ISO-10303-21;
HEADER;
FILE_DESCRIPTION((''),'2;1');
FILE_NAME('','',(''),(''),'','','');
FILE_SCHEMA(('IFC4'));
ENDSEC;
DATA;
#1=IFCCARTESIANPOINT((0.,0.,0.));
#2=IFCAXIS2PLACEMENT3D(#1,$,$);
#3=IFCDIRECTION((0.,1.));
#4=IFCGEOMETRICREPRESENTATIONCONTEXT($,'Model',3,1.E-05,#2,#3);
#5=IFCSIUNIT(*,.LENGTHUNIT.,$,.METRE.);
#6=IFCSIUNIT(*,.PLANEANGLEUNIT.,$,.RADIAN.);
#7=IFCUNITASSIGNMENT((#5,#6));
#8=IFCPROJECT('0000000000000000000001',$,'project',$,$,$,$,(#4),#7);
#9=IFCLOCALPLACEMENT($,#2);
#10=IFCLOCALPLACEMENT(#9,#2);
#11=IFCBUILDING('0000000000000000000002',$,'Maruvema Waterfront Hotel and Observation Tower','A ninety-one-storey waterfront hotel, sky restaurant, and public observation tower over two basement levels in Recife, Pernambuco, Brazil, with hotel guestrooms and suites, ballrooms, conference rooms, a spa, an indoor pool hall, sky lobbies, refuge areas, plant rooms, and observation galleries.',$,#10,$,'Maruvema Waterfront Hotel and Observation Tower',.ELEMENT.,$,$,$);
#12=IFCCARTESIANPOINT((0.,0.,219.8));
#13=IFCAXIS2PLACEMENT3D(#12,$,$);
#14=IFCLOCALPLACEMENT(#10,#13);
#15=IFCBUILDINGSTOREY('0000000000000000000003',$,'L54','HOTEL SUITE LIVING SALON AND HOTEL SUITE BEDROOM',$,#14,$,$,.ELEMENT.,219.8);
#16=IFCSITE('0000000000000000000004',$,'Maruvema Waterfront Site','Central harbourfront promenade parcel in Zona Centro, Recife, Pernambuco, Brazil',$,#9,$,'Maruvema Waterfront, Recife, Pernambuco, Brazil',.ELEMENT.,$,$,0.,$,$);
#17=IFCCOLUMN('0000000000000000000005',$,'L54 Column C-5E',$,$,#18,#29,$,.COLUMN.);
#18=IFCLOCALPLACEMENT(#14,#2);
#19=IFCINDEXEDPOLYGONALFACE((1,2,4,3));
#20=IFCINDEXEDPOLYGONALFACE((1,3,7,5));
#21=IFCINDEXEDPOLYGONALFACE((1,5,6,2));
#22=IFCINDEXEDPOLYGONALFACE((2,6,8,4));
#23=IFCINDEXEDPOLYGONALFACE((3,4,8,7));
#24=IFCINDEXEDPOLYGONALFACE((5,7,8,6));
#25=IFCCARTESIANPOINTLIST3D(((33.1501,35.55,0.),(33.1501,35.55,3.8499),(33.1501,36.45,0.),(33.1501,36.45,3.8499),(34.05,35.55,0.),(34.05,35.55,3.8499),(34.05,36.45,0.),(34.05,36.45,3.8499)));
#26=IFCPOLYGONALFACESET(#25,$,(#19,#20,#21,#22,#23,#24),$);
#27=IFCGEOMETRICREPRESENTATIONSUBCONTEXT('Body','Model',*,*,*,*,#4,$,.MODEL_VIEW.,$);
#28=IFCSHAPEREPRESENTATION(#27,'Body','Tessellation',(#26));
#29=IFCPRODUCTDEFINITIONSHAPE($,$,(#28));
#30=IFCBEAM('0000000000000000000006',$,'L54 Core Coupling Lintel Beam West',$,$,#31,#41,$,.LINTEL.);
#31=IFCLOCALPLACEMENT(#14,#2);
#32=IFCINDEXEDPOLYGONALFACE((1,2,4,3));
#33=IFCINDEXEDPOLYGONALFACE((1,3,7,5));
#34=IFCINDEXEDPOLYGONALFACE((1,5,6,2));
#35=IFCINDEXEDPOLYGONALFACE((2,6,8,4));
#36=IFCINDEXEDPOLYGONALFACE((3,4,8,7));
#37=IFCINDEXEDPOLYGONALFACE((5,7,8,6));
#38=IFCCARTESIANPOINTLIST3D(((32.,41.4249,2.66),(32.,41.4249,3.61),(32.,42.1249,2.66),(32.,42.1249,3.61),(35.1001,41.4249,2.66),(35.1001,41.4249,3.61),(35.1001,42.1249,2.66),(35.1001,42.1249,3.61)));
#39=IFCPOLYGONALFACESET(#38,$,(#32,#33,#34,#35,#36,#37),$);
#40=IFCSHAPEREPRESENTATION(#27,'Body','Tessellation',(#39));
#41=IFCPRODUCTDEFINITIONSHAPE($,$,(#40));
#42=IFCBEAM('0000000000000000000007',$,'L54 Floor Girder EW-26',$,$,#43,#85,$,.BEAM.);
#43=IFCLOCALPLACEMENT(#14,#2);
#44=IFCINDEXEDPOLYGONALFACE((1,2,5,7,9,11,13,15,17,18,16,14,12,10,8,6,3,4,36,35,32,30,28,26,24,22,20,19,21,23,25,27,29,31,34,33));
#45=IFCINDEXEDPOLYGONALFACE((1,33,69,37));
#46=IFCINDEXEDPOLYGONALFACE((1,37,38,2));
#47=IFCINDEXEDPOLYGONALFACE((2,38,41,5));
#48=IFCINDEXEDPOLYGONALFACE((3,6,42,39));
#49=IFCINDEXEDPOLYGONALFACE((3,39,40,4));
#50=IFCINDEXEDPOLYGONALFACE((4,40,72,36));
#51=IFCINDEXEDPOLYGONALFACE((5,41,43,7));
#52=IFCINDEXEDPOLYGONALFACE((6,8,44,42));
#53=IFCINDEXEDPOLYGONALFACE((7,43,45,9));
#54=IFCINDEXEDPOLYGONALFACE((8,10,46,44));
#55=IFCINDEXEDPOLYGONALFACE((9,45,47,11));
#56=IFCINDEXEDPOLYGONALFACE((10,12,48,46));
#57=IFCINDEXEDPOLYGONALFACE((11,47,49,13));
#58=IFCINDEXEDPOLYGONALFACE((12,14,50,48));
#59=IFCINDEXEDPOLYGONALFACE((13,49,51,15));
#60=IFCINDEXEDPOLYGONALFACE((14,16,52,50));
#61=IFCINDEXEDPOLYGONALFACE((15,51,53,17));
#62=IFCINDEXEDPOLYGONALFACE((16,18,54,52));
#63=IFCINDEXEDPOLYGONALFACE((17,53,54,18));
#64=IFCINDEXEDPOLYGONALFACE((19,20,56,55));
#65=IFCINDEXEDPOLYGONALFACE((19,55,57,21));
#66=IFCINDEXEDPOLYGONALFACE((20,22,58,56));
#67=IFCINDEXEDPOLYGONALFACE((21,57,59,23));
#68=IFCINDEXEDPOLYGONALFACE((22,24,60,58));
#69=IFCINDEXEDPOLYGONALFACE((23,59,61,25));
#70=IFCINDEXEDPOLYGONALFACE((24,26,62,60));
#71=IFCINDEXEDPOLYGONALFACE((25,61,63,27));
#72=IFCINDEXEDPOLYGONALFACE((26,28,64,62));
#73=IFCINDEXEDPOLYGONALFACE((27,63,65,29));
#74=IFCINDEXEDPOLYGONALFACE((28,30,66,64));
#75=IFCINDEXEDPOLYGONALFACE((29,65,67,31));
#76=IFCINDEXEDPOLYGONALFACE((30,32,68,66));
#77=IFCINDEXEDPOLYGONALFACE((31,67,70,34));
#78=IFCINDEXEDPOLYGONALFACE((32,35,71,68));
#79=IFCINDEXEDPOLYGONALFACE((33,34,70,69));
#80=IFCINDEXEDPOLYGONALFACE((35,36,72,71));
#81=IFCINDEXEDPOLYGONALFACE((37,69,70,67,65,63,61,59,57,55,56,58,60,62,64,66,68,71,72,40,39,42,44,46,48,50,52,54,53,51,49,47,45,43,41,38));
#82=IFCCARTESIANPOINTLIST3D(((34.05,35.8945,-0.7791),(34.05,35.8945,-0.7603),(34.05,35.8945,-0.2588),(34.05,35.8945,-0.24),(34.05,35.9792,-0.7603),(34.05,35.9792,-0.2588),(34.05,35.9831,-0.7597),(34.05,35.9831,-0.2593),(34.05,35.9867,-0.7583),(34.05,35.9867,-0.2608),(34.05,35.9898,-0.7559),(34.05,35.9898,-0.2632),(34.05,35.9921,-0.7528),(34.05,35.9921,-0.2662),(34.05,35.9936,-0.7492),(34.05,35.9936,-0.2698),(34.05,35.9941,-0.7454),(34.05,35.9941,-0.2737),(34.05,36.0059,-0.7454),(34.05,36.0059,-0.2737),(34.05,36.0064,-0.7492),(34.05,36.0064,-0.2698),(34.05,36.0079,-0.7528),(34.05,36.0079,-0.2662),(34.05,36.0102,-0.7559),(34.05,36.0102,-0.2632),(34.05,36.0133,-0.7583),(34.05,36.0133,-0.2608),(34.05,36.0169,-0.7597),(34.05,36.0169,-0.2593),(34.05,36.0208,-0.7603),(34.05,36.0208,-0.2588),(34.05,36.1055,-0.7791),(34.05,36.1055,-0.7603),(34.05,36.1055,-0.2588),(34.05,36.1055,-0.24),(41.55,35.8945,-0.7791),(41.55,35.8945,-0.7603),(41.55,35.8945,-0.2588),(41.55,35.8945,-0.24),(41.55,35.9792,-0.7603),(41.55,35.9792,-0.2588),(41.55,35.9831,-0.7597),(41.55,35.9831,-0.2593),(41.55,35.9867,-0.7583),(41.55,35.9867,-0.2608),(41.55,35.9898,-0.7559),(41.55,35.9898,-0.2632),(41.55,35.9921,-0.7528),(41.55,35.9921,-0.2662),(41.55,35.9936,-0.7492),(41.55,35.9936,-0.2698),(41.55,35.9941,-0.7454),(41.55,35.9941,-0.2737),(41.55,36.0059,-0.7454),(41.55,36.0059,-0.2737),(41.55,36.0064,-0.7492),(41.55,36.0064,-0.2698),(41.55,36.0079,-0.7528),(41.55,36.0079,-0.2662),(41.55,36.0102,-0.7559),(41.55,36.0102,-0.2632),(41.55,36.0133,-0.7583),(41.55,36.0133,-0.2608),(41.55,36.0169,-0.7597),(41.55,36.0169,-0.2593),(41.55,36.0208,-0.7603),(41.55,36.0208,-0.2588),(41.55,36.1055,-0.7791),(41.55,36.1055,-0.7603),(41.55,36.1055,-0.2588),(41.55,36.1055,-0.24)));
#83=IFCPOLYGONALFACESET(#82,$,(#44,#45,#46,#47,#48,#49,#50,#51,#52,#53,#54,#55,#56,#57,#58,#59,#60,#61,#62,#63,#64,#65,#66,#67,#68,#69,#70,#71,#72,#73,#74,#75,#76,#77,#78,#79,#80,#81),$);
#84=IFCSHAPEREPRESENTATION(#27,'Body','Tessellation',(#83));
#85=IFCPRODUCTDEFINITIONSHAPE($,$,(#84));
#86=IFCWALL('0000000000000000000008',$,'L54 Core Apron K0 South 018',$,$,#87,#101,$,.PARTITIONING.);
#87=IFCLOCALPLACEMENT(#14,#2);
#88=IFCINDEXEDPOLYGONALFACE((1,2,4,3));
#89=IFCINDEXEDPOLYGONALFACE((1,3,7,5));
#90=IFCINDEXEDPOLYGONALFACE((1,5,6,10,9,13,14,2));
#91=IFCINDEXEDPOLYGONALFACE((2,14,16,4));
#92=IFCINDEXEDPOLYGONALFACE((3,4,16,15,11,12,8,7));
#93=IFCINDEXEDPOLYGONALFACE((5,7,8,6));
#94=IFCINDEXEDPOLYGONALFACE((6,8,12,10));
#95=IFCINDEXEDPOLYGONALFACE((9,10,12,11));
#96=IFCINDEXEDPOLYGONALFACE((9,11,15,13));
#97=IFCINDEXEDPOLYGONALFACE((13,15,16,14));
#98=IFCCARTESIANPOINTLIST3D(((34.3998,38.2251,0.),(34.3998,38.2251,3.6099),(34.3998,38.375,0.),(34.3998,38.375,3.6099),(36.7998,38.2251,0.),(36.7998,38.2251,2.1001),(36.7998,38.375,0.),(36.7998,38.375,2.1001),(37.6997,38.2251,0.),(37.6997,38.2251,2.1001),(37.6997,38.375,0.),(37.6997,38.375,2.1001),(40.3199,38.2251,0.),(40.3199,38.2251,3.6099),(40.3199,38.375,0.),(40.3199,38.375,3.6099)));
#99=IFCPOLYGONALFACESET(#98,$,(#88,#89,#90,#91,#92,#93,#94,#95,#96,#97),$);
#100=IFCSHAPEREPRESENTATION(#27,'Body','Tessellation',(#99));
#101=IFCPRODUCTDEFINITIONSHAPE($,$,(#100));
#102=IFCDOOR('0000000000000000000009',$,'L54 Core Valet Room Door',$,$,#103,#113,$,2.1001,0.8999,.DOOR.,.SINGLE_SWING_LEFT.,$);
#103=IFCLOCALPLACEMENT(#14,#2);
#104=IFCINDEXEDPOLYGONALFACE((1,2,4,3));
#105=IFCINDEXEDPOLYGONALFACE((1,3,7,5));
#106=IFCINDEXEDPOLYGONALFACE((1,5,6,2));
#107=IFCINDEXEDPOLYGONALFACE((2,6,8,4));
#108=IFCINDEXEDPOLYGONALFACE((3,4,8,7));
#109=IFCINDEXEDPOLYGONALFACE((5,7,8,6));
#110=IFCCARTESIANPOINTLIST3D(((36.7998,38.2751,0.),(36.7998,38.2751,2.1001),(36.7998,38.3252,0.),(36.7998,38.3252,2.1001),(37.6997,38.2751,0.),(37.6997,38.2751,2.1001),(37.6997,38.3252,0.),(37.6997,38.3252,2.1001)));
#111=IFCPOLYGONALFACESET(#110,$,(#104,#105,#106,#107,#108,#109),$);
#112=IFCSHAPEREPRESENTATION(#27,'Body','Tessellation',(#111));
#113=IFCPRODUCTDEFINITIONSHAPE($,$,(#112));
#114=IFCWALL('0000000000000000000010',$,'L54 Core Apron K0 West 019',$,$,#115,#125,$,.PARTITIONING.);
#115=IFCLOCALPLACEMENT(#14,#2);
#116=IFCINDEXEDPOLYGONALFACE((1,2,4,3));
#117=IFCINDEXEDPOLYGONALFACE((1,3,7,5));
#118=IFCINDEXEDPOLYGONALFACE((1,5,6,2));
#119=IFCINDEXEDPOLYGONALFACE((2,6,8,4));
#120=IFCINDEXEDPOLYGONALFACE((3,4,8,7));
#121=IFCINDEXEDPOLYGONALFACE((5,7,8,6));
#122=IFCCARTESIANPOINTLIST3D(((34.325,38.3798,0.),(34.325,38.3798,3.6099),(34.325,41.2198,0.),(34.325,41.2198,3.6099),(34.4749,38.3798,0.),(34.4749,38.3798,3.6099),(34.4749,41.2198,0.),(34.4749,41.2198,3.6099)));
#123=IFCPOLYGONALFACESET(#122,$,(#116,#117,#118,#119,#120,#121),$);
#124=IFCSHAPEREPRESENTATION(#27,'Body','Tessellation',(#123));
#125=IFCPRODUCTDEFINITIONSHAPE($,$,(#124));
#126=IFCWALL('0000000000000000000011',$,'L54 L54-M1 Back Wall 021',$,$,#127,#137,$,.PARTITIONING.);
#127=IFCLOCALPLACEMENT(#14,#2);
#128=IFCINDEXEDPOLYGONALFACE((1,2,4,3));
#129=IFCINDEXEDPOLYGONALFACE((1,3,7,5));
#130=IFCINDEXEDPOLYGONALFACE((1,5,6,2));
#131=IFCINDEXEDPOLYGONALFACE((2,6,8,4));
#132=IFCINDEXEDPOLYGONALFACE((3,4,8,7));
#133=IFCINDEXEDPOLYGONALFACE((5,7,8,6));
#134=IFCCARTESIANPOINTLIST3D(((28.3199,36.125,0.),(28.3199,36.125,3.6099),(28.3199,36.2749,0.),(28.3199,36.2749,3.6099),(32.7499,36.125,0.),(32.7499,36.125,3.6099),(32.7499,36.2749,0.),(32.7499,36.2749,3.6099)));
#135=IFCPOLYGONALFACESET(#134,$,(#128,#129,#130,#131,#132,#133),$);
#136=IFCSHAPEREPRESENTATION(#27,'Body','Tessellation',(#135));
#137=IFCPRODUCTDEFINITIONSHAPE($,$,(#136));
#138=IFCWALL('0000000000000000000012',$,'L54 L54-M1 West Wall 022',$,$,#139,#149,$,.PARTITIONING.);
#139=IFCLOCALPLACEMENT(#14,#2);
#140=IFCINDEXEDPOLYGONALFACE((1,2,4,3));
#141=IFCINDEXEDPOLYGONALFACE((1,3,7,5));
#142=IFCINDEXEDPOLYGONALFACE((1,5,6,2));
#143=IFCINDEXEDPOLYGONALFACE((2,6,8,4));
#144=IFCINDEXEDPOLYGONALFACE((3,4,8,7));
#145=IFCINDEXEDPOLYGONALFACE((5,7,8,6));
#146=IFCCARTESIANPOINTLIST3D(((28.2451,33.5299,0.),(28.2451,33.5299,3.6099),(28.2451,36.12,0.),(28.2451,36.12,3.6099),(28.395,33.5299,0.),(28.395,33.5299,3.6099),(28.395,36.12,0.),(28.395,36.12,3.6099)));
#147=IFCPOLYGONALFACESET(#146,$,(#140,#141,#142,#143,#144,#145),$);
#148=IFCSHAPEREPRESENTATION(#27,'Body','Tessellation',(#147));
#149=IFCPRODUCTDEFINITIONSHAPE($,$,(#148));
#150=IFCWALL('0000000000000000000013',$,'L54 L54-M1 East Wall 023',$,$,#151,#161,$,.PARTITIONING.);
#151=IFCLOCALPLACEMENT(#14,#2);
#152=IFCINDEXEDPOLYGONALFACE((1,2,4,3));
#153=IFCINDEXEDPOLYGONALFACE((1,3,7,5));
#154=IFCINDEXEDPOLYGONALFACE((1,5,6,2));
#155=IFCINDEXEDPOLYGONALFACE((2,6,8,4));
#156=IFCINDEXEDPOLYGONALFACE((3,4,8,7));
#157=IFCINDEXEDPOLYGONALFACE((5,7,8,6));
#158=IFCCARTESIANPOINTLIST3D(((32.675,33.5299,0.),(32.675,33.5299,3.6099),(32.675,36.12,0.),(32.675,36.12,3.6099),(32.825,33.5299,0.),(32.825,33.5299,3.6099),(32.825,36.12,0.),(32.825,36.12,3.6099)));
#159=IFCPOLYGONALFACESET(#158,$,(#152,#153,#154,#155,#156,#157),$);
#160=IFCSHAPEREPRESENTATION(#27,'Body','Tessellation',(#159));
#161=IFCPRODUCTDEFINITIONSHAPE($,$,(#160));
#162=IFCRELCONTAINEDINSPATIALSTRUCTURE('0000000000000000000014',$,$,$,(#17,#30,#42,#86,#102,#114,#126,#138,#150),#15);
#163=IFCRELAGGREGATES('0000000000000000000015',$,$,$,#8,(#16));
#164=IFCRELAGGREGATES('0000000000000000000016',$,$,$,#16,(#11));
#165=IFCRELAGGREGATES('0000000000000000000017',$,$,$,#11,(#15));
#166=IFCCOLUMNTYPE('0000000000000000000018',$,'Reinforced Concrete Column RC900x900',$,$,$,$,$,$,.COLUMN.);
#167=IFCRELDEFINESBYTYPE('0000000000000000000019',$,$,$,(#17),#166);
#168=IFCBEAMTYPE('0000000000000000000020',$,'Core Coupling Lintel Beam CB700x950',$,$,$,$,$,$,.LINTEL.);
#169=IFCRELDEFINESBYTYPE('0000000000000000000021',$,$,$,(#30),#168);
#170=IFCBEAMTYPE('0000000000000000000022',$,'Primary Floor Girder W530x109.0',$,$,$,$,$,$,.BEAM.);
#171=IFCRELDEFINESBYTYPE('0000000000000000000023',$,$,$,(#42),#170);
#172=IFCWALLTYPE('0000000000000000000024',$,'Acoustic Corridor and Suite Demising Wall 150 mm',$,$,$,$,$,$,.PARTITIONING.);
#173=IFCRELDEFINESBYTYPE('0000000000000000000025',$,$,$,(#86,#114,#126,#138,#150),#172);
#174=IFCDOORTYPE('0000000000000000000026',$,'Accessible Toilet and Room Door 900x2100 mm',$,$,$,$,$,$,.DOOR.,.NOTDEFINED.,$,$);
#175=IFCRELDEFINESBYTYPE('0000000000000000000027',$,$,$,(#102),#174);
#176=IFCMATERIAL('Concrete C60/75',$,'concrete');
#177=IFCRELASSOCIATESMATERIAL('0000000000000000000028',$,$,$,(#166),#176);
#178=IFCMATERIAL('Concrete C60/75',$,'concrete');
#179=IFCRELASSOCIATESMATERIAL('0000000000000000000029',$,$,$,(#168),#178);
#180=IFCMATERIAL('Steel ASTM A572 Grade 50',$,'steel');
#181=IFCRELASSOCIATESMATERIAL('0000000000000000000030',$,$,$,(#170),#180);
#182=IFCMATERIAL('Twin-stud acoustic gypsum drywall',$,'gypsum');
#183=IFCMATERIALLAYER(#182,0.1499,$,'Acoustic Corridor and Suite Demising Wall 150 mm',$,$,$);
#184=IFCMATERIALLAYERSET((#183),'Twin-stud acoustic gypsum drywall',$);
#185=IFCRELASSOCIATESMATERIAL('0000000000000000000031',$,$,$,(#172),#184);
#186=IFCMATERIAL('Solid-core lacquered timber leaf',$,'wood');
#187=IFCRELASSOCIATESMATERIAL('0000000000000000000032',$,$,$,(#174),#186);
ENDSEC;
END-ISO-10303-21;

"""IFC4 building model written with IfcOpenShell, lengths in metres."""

from ifc_helpers import new_model, si_unit, direction, frame, frame_2d, origin, origin_2d, place, context, subcontext, project, spatial, rectangle, i_section, extrude, material, layer, layer_set, material_profile, profile_set, type_object, element, fill, save


model = new_model("IFC4")

# Units and contexts
model_context = context("Model", 3, precision=1e-05, world=origin(), true_north=direction((0.0, 1.0)))
body_context = subcontext(model_context, "Body", "Model", "MODEL_VIEW")
ifc_project = project(units=[si_unit("LENGTHUNIT", "METRE"), si_unit("PLANEANGLEUNIT", "RADIAN")], contexts=[model_context])

# Site, building, storey
site_placement = place(None, origin())
site = spatial("IfcSite", under=ifc_project, at=site_placement, Name="Maruvema Waterfront Site", Description="Central harbourfront promenade parcel in Zona Centro, Recife, Pernambuco, Brazil", LongName="Maruvema Waterfront, Recife, Pernambuco, Brazil", CompositionType="ELEMENT", RefElevation=0.0)
building_placement = place(site_placement, origin())
building = spatial("IfcBuilding", under=site, at=building_placement, Name="Maruvema Waterfront Hotel and Observation Tower", Description="A ninety-one-storey waterfront hotel, sky restaurant, and public observation tower over two basement levels in Recife, Pernambuco, Brazil, with hotel guestrooms and suites, ballrooms, conference rooms, a spa, an indoor pool hall, sky lobbies, refuge areas, plant rooms, and observation galleries.", LongName="Maruvema Waterfront Hotel and Observation Tower", CompositionType="ELEMENT")
storey_placement = place(building_placement, frame((0.0, 0.0, 219.8)))
storey = spatial("IfcBuildingStorey", under=building, at=storey_placement, Name="L54", Description="HOTEL SUITE LIVING SALON AND HOTEL SUITE BEDROOM", CompositionType="ELEMENT", Elevation=219.8)

# Column
ifc_material_1 = material(Name="Concrete C60/75", Category="concrete")
ifc_material_profile_1 = material_profile(ifc_material_1, rectangle(XDim=0.8999, YDim=0.8999, at=origin_2d()), Name="RC900x900")
ifc_profile_set_1 = profile_set([ifc_material_profile_1], Name="Concrete C60/75")
column_type = type_object("IfcColumnType", Name="Reinforced Concrete Column RC900x900", PredefinedType="COLUMN", material=ifc_profile_set_1)
column_placement = place(storey_placement, frame((33.6001, 36.0, 0.0), z_axis=(0.0, 0.0, 1.0), x_axis=(1.0, 0.0, 0.0)))
element("IfcColumn", 1, at=column_placement, inside=storey, type_object=column_type, Name="L54 Column C-5E", PredefinedType="COLUMN", context=body_context, shape_type="SweptSolid", body=[
    extrude(rectangle(XDim=0.8999, YDim=0.8999, at=origin_2d()), origin(), (0.0, 0.0, 1.0), 3.8499),
])

# Beams
ifc_material_2 = material(Name="Concrete C60/75", Category="concrete")
ifc_material_profile_2 = material_profile(ifc_material_2, rectangle(XDim=0.7, YDim=0.95, at=origin_2d()), Name="CB700x950")
ifc_profile_set_2 = profile_set([ifc_material_profile_2], Name="Concrete C60/75")
beam_type_1 = type_object("IfcBeamType", Name="Core Coupling Lintel Beam CB700x950", PredefinedType="LINTEL", material=ifc_profile_set_2)
beam_1_placement = place(storey_placement, frame((32.0, 41.7749, 3.135), z_axis=(1.0, 0.0, 0.0), x_axis=(0.0, 1.0, 0.0)))
element("IfcBeam", 2, at=beam_1_placement, inside=storey, type_object=beam_type_1, Name="L54 Core Coupling Lintel Beam West", PredefinedType="LINTEL", context=body_context, shape_type="SweptSolid", body=[
    extrude(rectangle(XDim=0.7, YDim=0.95, at=origin_2d()), origin(), (0.0, 0.0, 1.0), 3.1001),
])
ifc_material_3 = material(Name="Steel ASTM A572 Grade 50", Category="steel")
ifc_material_profile_3 = material_profile(ifc_material_3, i_section(OverallWidth=0.2109, OverallDepth=0.5391, WebThickness=0.0117, FlangeThickness=0.0188, FilletRadius=0.0149, at=origin_2d()), Name="W530x109.0")
ifc_profile_set_3 = profile_set([ifc_material_profile_3], Name="Steel ASTM A572 Grade 50")
beam_type_2 = type_object("IfcBeamType", Name="Primary Floor Girder W530x109.0", PredefinedType="BEAM", material=ifc_profile_set_3)
beam_2_placement = place(storey_placement, frame((34.05, 36.0, -0.5095), z_axis=(1.0, 0.0, 0.0), x_axis=(0.0, 1.0, 0.0)))
element("IfcBeam", 3, at=beam_2_placement, inside=storey, type_object=beam_type_2, Name="L54 Floor Girder EW-26", PredefinedType="BEAM", context=body_context, shape_type="SweptSolid", body=[
    extrude(i_section(OverallWidth=0.2109, OverallDepth=0.5391, WebThickness=0.0117, FlangeThickness=0.0188, FilletRadius=0.0149, at=origin_2d()), origin(), (0.0, 0.0, 1.0), 7.5),
])

# Wall, opening, door
ifc_material_4 = material(Name="Twin-stud acoustic gypsum drywall", Category="gypsum")
ifc_layer_1 = layer(ifc_material_4, 0.1499, Name="Acoustic Corridor and Suite Demising Wall 150 mm")
ifc_layer_set_1 = layer_set([ifc_layer_1], Name="Twin-stud acoustic gypsum drywall")
wall_type_1 = type_object("IfcWallType", Name="Acoustic Corridor and Suite Demising Wall 150 mm", PredefinedType="PARTITIONING", material=ifc_layer_set_1)
wall_1_placement = place(storey_placement, frame((34.3999, 38.3, 0.0), z_axis=(0.0, 0.0, 1.0), x_axis=(1.0, 0.0, 0.0)))
wall_1 = element("IfcWall", 4, at=wall_1_placement, inside=storey, type_object=wall_type_1, Name="L54 Core Apron K0 South 018", PredefinedType="PARTITIONING", context=body_context, shape_type="SweptSolid", body=[
    extrude(rectangle(XDim=5.9202, YDim=0.1499, at=frame_2d((2.96, 0.0))), origin(), (0.0, 0.0, 1.0), 3.6099),
])
opening_1_placement = place(wall_1_placement, frame((2.3999, 0.0, 0.0)))
opening_1 = element("IfcOpeningElement", 5, at=opening_1_placement, cuts=wall_1, PredefinedType="OPENING", context=body_context, shape_type="SweptSolid", body=[
    extrude(rectangle(XDim=0.8999, YDim=2.1001, at=frame_2d((0.45, 1.05))), frame((0.0, 0.085, 0.0), z_axis=(0.0, -1.0, 0.0), x_axis=(1.0, 0.0, 0.0)), (0.0, 0.0, 1.0), 0.1699),
])
ifc_material_5 = material(Name="Solid-core lacquered timber leaf", Category="wood")
door_type_1 = type_object("IfcDoorType", Name="Accessible Toilet and Room Door 900x2100 mm", OperationType="NOTDEFINED", PredefinedType="DOOR", material=ifc_material_5)
door_1_placement = place(opening_1_placement, frame((0.8999, 0.0, 0.0), z_axis=(0.0, 0.0, 1.0), x_axis=(-1.0, 0.0, 0.0)))
door_1 = element("IfcDoor", 6, at=door_1_placement, inside=storey, type_object=door_type_1, Name="L54 Core Valet Room Door", OperationType="SINGLE_SWING_LEFT", OverallHeight=2.1001, OverallWidth=0.8999, PredefinedType="DOOR", context=body_context, shape_type="SweptSolid", body=[
    extrude(rectangle(XDim=0.8999, YDim=2.1001, at=frame_2d((0.45, 1.05))), frame((0.0, 0.0249, 0.0), z_axis=(0.0, -1.0, 0.0), x_axis=(1.0, 0.0, 0.0)), (0.0, 0.0, 1.0), 0.05),
])
fill(opening_1, door_1)

# Walls
wall_2_placement = place(storey_placement, frame((34.3999, 38.3799, 0.0), z_axis=(0.0, 0.0, 1.0), x_axis=(0.0, 1.0, 0.0)))
element("IfcWall", 7, at=wall_2_placement, inside=storey, type_object=wall_type_1, Name="L54 Core Apron K0 West 019", PredefinedType="PARTITIONING", context=body_context, shape_type="SweptSolid", body=[
    extrude(rectangle(XDim=2.8401, YDim=0.1499, at=frame_2d((1.4199, 0.0))), origin(), (0.0, 0.0, 1.0), 3.6099),
])
wall_3_placement = place(storey_placement, frame((28.3201, 36.2, 0.0), z_axis=(0.0, 0.0, 1.0), x_axis=(1.0, 0.0, 0.0)))
element("IfcWall", 8, at=wall_3_placement, inside=storey, type_object=wall_type_1, Name="L54 L54-M1 Back Wall 021", PredefinedType="PARTITIONING", context=body_context, shape_type="SweptSolid", body=[
    extrude(rectangle(XDim=4.4299, YDim=0.1499, at=frame_2d((2.2148, 0.0))), origin(), (0.0, 0.0, 1.0), 3.6099),
])
for number, where, z_axis, x_axis, name in (
    (9, (28.3201, 33.53, 0.0), (0.0, 0.0, 1.0), (0.0, 1.0, 0.0), "L54 L54-M1 West Wall 022"),
    (10, (32.75, 33.53, 0.0), (0.0, 0.0, 1.0), (0.0, 1.0, 0.0), "L54 L54-M1 East Wall 023"),
):
    element("IfcWall", number, at=place(storey_placement, frame(where, z_axis=z_axis, x_axis=x_axis)), inside=storey, type_object=wall_type_1, Name=name, PredefinedType="PARTITIONING", context=body_context, shape_type="SweptSolid", body=[
        extrude(rectangle(XDim=2.5901, YDim=0.1499, at=frame_2d((1.2949, 0.0))), origin(), (0.0, 0.0, 1.0), 3.6099),
    ])

save(model, "model.ifc")
